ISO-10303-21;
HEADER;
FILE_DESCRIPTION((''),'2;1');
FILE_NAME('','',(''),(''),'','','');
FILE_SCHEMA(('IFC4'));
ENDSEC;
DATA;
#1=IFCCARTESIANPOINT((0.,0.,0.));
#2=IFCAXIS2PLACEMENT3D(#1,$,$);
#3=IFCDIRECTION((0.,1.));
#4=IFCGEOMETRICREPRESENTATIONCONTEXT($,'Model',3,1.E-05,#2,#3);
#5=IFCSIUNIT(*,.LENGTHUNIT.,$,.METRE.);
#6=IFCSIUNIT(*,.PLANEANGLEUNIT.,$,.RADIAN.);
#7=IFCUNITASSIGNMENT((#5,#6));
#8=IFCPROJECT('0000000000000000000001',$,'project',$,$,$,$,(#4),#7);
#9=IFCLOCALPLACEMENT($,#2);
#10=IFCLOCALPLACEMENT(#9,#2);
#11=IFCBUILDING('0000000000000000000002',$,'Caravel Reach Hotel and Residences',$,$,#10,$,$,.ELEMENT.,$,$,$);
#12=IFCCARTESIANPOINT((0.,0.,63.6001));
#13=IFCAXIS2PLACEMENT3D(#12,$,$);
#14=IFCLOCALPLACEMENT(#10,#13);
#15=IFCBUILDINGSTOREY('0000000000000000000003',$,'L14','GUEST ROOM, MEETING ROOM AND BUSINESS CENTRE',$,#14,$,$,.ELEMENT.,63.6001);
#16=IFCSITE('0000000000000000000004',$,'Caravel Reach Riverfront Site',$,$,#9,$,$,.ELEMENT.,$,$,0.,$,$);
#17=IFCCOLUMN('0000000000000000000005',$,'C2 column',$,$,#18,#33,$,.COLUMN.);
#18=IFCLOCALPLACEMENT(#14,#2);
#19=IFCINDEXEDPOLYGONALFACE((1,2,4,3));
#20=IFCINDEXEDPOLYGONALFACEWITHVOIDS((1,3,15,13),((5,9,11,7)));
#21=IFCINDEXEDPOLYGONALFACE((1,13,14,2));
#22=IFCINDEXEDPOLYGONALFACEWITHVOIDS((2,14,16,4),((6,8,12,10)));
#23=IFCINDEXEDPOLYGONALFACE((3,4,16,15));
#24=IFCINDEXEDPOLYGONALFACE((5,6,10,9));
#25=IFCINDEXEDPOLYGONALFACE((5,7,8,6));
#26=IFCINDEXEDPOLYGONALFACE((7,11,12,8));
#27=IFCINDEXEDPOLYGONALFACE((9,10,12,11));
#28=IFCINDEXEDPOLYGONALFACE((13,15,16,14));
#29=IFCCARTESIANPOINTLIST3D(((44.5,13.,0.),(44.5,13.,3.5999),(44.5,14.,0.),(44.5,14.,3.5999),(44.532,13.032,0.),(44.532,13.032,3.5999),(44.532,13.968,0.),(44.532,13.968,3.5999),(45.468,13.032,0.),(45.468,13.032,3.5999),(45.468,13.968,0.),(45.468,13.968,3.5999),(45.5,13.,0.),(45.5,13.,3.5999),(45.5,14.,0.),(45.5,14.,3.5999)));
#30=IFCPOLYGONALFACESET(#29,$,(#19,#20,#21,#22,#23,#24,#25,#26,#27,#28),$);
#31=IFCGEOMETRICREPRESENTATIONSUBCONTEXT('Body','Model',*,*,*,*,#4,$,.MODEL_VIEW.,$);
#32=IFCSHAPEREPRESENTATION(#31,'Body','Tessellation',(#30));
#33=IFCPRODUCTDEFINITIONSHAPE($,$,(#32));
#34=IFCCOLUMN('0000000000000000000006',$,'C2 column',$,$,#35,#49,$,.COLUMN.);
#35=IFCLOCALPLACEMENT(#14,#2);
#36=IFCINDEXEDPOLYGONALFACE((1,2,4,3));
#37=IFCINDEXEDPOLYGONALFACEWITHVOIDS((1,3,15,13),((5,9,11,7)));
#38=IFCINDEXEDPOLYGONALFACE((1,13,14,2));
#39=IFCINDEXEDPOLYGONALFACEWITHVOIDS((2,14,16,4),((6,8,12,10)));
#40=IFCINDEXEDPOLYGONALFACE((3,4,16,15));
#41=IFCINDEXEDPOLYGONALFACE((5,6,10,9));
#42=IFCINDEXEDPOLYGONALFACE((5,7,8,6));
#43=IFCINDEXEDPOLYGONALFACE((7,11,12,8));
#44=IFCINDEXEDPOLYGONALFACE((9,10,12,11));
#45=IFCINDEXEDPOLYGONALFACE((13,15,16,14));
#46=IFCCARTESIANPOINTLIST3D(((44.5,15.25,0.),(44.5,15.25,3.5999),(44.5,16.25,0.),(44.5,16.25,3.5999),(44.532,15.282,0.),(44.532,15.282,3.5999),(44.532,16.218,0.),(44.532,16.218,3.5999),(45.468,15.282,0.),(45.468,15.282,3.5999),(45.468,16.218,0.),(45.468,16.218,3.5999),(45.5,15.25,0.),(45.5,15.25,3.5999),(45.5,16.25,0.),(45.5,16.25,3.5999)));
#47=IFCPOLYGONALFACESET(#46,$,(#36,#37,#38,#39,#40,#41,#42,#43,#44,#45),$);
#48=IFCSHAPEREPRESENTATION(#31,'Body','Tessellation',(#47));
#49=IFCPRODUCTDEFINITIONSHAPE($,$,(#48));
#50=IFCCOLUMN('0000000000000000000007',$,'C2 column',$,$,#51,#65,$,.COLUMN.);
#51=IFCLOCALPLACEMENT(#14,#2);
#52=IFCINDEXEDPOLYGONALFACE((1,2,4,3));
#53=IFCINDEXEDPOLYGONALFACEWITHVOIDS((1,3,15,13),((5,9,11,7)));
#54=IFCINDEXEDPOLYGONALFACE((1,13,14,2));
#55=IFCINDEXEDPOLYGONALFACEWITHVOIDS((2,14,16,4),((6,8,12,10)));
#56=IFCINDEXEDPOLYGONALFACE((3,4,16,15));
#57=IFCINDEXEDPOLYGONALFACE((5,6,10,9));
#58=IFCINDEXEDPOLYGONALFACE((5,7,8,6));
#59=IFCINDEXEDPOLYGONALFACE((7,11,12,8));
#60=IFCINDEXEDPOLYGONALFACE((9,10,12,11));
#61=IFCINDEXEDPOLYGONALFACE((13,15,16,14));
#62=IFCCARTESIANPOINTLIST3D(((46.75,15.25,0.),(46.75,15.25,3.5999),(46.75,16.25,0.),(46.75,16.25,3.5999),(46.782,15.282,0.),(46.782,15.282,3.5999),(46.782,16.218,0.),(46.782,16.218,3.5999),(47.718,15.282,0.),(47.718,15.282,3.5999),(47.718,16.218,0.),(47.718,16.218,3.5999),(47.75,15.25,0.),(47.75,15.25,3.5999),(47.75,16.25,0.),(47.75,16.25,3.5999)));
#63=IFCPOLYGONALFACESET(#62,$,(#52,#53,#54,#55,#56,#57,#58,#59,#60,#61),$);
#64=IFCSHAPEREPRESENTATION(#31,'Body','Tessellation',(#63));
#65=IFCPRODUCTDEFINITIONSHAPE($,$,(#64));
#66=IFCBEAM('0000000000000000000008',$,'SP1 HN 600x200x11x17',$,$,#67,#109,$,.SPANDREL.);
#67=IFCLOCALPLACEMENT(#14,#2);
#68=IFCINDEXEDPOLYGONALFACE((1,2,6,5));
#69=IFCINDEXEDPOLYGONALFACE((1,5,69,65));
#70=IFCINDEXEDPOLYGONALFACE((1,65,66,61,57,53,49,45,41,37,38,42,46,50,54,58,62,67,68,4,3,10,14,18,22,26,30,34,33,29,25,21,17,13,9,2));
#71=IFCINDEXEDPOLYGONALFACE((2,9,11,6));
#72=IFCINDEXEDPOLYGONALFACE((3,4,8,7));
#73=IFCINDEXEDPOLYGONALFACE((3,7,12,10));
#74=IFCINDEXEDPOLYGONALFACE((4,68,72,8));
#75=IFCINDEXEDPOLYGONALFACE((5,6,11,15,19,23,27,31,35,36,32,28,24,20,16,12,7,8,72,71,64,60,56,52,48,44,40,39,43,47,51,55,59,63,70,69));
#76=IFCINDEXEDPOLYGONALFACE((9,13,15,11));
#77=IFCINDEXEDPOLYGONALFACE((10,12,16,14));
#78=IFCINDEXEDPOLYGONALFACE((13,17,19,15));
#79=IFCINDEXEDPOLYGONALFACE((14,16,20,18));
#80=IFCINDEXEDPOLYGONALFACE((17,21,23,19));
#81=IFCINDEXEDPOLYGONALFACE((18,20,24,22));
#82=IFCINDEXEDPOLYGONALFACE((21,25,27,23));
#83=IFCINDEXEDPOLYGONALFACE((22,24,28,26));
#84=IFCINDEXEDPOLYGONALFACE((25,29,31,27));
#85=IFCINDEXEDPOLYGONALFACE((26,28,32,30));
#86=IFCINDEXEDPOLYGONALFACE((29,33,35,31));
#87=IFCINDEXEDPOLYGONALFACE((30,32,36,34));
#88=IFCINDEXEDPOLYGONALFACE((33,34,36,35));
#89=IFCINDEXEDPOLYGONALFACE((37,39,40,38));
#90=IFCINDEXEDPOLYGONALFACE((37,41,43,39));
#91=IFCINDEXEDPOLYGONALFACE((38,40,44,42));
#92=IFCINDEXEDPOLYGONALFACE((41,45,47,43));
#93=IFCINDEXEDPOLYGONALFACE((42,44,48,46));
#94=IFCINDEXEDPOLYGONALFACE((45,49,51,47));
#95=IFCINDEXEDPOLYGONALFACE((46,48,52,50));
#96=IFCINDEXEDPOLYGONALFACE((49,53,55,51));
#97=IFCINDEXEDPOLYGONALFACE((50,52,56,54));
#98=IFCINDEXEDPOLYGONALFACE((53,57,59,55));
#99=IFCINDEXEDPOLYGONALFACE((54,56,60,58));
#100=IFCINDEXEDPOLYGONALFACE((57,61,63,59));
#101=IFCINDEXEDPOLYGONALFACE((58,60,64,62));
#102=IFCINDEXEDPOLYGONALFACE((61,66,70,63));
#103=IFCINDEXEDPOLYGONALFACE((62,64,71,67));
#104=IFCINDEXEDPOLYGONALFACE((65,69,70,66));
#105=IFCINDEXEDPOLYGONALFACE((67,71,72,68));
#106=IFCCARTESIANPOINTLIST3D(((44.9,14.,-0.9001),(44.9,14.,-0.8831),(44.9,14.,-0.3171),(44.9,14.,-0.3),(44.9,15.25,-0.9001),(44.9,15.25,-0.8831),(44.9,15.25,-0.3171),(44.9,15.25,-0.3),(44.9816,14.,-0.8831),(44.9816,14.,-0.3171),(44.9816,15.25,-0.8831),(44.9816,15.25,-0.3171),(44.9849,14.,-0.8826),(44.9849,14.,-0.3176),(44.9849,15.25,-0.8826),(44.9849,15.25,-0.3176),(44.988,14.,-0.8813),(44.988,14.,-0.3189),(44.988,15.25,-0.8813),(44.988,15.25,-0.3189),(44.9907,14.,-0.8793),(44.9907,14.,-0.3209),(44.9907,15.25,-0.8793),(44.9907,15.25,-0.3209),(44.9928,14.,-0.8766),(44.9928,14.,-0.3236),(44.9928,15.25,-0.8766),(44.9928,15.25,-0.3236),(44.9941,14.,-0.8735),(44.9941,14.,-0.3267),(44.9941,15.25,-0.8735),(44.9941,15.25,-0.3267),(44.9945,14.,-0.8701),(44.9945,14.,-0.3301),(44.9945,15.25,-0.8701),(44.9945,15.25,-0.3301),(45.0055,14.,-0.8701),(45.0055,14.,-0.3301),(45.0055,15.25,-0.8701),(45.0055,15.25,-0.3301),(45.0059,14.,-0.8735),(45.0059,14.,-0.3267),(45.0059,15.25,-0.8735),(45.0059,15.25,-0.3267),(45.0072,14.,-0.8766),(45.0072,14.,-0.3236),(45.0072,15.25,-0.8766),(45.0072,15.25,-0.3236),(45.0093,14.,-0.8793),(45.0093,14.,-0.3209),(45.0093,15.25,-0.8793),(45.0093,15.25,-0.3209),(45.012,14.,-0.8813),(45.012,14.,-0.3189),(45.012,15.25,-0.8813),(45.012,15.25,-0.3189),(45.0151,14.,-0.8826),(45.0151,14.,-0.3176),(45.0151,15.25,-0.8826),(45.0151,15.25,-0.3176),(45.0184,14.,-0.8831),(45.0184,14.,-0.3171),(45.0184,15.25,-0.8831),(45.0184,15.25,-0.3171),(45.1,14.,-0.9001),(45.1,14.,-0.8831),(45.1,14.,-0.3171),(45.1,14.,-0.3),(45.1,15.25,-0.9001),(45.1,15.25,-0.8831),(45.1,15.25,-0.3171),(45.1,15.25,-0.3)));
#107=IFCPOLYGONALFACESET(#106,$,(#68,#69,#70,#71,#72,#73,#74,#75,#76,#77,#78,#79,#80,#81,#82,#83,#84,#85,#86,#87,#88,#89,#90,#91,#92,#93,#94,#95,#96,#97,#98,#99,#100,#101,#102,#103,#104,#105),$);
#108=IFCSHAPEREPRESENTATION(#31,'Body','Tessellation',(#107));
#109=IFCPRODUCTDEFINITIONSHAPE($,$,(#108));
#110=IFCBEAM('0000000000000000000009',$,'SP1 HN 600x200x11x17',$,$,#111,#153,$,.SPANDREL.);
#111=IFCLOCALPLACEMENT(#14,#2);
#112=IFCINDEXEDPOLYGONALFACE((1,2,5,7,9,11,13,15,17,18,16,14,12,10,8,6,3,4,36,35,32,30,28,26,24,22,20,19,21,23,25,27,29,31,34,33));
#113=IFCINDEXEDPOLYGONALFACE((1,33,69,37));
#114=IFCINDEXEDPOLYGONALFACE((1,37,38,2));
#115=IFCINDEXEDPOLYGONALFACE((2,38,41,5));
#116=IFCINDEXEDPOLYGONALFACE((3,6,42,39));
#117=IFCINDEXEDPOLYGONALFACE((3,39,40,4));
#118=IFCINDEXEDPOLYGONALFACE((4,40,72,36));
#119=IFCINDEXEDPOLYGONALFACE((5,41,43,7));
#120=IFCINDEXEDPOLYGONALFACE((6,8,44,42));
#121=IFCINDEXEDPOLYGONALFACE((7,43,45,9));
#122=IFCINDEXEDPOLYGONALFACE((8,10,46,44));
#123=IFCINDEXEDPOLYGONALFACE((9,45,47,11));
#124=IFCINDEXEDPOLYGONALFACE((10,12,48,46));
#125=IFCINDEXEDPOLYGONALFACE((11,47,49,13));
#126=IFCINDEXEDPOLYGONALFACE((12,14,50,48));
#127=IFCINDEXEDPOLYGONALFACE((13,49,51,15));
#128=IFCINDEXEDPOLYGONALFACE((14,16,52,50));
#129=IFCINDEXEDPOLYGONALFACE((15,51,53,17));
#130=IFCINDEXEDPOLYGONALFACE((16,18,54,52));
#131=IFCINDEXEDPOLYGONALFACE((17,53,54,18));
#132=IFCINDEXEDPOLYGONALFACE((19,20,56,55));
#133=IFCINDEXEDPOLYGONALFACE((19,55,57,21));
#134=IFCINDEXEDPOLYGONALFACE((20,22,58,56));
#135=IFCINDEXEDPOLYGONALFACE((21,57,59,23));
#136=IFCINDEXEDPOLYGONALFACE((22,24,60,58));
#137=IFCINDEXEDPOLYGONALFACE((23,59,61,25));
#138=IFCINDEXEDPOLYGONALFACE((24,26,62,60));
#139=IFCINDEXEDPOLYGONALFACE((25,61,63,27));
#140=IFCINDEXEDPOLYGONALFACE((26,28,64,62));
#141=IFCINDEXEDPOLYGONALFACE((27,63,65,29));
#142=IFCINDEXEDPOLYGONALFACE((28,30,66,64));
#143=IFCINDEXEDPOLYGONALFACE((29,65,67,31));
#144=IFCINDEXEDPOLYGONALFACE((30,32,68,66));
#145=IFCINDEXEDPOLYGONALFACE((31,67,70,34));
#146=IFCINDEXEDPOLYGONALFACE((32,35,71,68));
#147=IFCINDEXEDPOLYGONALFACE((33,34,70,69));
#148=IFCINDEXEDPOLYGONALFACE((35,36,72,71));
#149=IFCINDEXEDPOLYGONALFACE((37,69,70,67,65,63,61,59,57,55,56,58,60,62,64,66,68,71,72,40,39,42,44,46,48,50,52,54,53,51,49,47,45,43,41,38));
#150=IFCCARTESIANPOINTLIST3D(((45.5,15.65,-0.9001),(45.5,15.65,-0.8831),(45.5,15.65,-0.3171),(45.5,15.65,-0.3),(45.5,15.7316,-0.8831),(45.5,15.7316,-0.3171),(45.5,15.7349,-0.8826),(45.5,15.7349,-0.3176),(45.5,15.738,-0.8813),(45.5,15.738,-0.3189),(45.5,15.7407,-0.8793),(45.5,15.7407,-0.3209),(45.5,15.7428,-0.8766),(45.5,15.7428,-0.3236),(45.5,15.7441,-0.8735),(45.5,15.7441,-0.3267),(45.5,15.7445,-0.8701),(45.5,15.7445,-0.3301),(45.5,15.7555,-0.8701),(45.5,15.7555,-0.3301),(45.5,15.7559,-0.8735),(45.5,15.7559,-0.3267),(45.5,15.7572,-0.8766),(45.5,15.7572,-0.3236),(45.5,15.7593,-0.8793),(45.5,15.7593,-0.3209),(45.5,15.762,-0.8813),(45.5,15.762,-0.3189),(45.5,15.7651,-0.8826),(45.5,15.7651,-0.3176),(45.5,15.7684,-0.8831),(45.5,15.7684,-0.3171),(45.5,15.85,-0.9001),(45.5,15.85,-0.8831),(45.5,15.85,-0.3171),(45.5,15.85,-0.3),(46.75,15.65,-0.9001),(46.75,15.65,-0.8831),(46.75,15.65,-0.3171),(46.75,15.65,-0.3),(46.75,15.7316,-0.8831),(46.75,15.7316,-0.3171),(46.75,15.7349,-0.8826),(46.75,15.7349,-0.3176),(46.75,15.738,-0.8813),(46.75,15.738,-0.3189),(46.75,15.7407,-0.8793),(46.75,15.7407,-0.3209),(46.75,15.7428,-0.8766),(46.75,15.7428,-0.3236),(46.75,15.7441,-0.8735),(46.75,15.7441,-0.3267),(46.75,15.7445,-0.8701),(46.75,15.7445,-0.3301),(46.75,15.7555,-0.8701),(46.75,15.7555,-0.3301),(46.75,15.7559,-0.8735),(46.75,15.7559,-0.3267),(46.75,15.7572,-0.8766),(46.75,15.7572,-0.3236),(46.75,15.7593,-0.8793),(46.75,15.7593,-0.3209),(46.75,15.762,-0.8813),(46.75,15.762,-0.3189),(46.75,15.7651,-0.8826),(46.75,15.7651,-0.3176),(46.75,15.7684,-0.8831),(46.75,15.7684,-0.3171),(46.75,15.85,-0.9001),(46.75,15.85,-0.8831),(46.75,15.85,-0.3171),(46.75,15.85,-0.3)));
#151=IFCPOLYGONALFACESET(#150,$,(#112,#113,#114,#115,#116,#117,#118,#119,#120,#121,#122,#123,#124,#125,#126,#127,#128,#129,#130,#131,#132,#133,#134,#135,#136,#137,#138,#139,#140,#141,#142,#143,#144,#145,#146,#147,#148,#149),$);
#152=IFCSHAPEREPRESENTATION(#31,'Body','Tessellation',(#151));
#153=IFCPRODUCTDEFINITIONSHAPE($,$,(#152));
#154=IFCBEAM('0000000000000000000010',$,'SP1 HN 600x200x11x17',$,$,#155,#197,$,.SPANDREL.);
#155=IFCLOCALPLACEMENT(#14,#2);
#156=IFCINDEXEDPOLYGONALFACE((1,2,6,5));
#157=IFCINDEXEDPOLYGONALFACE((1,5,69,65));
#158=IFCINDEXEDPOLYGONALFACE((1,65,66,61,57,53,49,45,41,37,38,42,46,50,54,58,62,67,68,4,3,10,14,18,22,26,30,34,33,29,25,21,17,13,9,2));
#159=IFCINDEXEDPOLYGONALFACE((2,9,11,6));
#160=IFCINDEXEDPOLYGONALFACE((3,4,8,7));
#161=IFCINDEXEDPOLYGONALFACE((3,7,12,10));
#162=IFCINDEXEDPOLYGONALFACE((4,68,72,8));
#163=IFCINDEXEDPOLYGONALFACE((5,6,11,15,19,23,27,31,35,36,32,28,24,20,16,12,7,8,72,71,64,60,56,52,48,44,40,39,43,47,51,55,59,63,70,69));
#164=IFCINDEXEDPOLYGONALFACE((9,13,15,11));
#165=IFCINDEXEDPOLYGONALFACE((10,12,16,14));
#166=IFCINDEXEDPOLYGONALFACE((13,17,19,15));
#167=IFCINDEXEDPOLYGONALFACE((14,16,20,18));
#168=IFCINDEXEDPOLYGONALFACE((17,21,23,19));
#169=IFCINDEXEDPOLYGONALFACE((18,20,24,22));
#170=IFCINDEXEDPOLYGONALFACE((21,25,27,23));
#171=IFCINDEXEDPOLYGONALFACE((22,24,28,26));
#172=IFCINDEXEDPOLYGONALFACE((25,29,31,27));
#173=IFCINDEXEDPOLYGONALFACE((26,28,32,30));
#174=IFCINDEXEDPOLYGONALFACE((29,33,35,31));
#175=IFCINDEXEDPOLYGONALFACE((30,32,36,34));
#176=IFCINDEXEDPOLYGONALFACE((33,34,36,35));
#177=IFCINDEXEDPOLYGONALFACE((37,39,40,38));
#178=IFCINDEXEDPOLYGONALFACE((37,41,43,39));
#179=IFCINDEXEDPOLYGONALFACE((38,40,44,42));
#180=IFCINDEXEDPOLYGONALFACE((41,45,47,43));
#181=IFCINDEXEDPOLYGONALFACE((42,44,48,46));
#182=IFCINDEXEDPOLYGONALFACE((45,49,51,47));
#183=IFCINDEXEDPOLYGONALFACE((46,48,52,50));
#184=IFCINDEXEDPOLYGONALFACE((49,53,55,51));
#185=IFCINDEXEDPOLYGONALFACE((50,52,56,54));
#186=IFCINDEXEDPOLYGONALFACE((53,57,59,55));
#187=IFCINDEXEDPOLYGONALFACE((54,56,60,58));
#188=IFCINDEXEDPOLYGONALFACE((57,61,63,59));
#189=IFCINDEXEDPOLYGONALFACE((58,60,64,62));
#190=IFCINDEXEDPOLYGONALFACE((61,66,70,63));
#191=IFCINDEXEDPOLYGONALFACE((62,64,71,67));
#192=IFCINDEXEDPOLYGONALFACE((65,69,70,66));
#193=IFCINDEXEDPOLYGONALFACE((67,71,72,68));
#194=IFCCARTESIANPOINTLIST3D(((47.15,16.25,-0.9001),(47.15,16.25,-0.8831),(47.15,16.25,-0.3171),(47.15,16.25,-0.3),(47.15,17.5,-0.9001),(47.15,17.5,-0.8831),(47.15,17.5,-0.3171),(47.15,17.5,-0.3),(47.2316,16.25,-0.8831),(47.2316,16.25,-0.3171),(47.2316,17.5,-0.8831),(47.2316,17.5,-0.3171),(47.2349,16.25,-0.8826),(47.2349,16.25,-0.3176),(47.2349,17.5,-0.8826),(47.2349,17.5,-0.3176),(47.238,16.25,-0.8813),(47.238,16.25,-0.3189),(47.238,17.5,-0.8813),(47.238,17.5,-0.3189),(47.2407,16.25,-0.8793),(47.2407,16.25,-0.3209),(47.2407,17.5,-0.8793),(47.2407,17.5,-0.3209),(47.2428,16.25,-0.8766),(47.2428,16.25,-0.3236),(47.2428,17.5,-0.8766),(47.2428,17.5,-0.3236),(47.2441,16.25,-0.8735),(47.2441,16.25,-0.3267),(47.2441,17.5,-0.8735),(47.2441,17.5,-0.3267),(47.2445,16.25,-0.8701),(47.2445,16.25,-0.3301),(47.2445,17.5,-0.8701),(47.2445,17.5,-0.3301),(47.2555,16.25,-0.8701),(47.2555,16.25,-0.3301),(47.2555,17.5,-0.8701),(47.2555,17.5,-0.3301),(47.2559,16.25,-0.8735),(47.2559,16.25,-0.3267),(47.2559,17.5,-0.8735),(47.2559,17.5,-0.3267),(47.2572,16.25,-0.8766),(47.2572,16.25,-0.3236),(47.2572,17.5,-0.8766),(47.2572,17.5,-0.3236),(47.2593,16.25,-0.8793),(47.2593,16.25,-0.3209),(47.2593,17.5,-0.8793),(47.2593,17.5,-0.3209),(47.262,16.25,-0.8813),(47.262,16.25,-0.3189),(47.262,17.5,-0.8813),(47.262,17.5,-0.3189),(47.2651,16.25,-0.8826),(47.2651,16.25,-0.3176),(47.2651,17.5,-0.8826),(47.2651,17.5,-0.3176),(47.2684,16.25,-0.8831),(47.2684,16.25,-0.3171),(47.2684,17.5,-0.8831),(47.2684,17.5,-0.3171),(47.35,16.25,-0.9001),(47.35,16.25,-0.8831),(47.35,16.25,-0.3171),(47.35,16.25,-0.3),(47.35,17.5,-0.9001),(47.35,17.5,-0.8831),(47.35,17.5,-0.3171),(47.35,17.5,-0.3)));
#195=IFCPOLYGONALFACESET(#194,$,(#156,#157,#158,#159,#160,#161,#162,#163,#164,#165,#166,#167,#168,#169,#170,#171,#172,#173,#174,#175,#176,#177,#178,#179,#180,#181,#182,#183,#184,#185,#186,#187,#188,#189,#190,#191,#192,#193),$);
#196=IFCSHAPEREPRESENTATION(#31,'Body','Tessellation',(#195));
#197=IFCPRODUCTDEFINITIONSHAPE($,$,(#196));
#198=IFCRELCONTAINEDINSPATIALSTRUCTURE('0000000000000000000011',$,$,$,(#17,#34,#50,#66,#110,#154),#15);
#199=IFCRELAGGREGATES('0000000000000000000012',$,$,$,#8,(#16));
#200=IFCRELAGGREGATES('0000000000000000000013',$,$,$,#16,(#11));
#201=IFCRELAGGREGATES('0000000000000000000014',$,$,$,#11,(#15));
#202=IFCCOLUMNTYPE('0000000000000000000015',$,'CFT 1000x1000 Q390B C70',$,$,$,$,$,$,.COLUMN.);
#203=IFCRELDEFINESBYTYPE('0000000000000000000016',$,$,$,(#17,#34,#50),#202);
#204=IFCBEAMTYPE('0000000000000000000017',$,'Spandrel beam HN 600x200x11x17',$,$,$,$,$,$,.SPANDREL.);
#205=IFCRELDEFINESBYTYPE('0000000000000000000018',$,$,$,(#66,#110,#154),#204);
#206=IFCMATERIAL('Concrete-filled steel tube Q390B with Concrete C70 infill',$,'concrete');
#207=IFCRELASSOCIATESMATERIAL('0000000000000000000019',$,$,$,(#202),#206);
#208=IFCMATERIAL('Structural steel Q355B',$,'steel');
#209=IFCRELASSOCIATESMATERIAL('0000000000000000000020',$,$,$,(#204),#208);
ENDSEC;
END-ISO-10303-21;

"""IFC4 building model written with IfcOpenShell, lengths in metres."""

from ifc_helpers import new_model, si_unit, direction, frame, origin, origin_2d, place, context, subcontext, project, spatial, hollow_rectangle, i_section, extrude, material, material_profile, profile_set, type_object, element, save


model = new_model("IFC4")

# Units and contexts
model_context = context("Model", 3, precision=1e-05, world=origin(), true_north=direction((0.0, 1.0)))
body_context = subcontext(model_context, "Body", "Model", "MODEL_VIEW")
ifc_project = project(units=[si_unit("LENGTHUNIT", "METRE"), si_unit("PLANEANGLEUNIT", "RADIAN")], contexts=[model_context])

# Site, building, storey
site_placement = place(None, origin())
site = spatial("IfcSite", under=ifc_project, at=site_placement, Name="Caravel Reach Riverfront Site", CompositionType="ELEMENT", RefElevation=0.0)
building_placement = place(site_placement, origin())
building = spatial("IfcBuilding", under=site, at=building_placement, Name="Caravel Reach Hotel and Residences", CompositionType="ELEMENT")
storey_placement = place(building_placement, frame((0.0, 0.0, 63.6001)))
storey = spatial("IfcBuildingStorey", under=building, at=storey_placement, Name="L14", Description="GUEST ROOM, MEETING ROOM AND BUSINESS CENTRE", CompositionType="ELEMENT", Elevation=63.6001)

# Columns
ifc_material_1 = material(Name="Concrete-filled steel tube Q390B with Concrete C70 infill", Category="concrete")
ifc_material_profile_1 = material_profile(ifc_material_1, hollow_rectangle(XDim=1.0, YDim=1.0, WallThickness=0.032, at=origin_2d()), Name="RHS 1000x1000x32")
ifc_profile_set_1 = profile_set([ifc_material_profile_1], Name="Concrete-filled steel tube Q390B with Concrete C70 infill")
column_type = type_object("IfcColumnType", Name="CFT 1000x1000 Q390B C70", PredefinedType="COLUMN", material=ifc_profile_set_1)
for number, where, z_axis, x_axis, name in (
    (1, (45.0, 13.5, 0.0), (0.0, 0.0, 1.0), (1.0, 0.0, 0.0), "C2 column"),
    (2, (45.0, 15.75, 0.0), (0.0, 0.0, 1.0), (1.0, 0.0, 0.0), "C2 column"),
    (3, (47.25, 15.75, 0.0), (0.0, 0.0, 1.0), (1.0, 0.0, 0.0), "C2 column"),
):
    element("IfcColumn", number, at=place(storey_placement, frame(where, z_axis=z_axis, x_axis=x_axis)), inside=storey, type_object=column_type, Name=name, PredefinedType="COLUMN", context=body_context, shape_type="SweptSolid", body=[
        extrude(hollow_rectangle(XDim=1.0, YDim=1.0, WallThickness=0.032, at=origin_2d()), origin(), (0.0, 0.0, 1.0), 3.5999),
    ])

# Beams
ifc_material_2 = material(Name="Structural steel Q355B", Category="steel")
ifc_material_profile_2 = material_profile(ifc_material_2, i_section(OverallWidth=0.2, OverallDepth=0.6001, WebThickness=0.011, FlangeThickness=0.0171, FilletRadius=0.0129, at=origin_2d()), Name="HN 600x200x11x17")
ifc_profile_set_2 = profile_set([ifc_material_profile_2], Name="Structural steel Q355B")
beam_type = type_object("IfcBeamType", Name="Spandrel beam HN 600x200x11x17", PredefinedType="SPANDREL", material=ifc_profile_set_2)
for number, where, z_axis, x_axis, name in (
    (4, (45.0, 14.0, -0.6001), (0.0, 1.0, 0.0), (-1.0, 0.0, 0.0), "SP1 HN 600x200x11x17"),
    (5, (45.5, 15.75, -0.6001), (1.0, 0.0, 0.0), (0.0, 1.0, 0.0), "SP1 HN 600x200x11x17"),
    (6, (47.25, 16.25, -0.6001), (0.0, 1.0, 0.0), (-1.0, 0.0, 0.0), "SP1 HN 600x200x11x17"),
):
    element("IfcBeam", number, at=place(storey_placement, frame(where, z_axis=z_axis, x_axis=x_axis)), inside=storey, type_object=beam_type, Name=name, PredefinedType="SPANDREL", context=body_context, shape_type="SweptSolid", body=[
        extrude(i_section(OverallWidth=0.2, OverallDepth=0.6001, WebThickness=0.011, FlangeThickness=0.0171, FilletRadius=0.0129, at=origin_2d()), origin(), (0.0, 0.0, 1.0), 1.25),
    ])

save(model, "model.ifc")
